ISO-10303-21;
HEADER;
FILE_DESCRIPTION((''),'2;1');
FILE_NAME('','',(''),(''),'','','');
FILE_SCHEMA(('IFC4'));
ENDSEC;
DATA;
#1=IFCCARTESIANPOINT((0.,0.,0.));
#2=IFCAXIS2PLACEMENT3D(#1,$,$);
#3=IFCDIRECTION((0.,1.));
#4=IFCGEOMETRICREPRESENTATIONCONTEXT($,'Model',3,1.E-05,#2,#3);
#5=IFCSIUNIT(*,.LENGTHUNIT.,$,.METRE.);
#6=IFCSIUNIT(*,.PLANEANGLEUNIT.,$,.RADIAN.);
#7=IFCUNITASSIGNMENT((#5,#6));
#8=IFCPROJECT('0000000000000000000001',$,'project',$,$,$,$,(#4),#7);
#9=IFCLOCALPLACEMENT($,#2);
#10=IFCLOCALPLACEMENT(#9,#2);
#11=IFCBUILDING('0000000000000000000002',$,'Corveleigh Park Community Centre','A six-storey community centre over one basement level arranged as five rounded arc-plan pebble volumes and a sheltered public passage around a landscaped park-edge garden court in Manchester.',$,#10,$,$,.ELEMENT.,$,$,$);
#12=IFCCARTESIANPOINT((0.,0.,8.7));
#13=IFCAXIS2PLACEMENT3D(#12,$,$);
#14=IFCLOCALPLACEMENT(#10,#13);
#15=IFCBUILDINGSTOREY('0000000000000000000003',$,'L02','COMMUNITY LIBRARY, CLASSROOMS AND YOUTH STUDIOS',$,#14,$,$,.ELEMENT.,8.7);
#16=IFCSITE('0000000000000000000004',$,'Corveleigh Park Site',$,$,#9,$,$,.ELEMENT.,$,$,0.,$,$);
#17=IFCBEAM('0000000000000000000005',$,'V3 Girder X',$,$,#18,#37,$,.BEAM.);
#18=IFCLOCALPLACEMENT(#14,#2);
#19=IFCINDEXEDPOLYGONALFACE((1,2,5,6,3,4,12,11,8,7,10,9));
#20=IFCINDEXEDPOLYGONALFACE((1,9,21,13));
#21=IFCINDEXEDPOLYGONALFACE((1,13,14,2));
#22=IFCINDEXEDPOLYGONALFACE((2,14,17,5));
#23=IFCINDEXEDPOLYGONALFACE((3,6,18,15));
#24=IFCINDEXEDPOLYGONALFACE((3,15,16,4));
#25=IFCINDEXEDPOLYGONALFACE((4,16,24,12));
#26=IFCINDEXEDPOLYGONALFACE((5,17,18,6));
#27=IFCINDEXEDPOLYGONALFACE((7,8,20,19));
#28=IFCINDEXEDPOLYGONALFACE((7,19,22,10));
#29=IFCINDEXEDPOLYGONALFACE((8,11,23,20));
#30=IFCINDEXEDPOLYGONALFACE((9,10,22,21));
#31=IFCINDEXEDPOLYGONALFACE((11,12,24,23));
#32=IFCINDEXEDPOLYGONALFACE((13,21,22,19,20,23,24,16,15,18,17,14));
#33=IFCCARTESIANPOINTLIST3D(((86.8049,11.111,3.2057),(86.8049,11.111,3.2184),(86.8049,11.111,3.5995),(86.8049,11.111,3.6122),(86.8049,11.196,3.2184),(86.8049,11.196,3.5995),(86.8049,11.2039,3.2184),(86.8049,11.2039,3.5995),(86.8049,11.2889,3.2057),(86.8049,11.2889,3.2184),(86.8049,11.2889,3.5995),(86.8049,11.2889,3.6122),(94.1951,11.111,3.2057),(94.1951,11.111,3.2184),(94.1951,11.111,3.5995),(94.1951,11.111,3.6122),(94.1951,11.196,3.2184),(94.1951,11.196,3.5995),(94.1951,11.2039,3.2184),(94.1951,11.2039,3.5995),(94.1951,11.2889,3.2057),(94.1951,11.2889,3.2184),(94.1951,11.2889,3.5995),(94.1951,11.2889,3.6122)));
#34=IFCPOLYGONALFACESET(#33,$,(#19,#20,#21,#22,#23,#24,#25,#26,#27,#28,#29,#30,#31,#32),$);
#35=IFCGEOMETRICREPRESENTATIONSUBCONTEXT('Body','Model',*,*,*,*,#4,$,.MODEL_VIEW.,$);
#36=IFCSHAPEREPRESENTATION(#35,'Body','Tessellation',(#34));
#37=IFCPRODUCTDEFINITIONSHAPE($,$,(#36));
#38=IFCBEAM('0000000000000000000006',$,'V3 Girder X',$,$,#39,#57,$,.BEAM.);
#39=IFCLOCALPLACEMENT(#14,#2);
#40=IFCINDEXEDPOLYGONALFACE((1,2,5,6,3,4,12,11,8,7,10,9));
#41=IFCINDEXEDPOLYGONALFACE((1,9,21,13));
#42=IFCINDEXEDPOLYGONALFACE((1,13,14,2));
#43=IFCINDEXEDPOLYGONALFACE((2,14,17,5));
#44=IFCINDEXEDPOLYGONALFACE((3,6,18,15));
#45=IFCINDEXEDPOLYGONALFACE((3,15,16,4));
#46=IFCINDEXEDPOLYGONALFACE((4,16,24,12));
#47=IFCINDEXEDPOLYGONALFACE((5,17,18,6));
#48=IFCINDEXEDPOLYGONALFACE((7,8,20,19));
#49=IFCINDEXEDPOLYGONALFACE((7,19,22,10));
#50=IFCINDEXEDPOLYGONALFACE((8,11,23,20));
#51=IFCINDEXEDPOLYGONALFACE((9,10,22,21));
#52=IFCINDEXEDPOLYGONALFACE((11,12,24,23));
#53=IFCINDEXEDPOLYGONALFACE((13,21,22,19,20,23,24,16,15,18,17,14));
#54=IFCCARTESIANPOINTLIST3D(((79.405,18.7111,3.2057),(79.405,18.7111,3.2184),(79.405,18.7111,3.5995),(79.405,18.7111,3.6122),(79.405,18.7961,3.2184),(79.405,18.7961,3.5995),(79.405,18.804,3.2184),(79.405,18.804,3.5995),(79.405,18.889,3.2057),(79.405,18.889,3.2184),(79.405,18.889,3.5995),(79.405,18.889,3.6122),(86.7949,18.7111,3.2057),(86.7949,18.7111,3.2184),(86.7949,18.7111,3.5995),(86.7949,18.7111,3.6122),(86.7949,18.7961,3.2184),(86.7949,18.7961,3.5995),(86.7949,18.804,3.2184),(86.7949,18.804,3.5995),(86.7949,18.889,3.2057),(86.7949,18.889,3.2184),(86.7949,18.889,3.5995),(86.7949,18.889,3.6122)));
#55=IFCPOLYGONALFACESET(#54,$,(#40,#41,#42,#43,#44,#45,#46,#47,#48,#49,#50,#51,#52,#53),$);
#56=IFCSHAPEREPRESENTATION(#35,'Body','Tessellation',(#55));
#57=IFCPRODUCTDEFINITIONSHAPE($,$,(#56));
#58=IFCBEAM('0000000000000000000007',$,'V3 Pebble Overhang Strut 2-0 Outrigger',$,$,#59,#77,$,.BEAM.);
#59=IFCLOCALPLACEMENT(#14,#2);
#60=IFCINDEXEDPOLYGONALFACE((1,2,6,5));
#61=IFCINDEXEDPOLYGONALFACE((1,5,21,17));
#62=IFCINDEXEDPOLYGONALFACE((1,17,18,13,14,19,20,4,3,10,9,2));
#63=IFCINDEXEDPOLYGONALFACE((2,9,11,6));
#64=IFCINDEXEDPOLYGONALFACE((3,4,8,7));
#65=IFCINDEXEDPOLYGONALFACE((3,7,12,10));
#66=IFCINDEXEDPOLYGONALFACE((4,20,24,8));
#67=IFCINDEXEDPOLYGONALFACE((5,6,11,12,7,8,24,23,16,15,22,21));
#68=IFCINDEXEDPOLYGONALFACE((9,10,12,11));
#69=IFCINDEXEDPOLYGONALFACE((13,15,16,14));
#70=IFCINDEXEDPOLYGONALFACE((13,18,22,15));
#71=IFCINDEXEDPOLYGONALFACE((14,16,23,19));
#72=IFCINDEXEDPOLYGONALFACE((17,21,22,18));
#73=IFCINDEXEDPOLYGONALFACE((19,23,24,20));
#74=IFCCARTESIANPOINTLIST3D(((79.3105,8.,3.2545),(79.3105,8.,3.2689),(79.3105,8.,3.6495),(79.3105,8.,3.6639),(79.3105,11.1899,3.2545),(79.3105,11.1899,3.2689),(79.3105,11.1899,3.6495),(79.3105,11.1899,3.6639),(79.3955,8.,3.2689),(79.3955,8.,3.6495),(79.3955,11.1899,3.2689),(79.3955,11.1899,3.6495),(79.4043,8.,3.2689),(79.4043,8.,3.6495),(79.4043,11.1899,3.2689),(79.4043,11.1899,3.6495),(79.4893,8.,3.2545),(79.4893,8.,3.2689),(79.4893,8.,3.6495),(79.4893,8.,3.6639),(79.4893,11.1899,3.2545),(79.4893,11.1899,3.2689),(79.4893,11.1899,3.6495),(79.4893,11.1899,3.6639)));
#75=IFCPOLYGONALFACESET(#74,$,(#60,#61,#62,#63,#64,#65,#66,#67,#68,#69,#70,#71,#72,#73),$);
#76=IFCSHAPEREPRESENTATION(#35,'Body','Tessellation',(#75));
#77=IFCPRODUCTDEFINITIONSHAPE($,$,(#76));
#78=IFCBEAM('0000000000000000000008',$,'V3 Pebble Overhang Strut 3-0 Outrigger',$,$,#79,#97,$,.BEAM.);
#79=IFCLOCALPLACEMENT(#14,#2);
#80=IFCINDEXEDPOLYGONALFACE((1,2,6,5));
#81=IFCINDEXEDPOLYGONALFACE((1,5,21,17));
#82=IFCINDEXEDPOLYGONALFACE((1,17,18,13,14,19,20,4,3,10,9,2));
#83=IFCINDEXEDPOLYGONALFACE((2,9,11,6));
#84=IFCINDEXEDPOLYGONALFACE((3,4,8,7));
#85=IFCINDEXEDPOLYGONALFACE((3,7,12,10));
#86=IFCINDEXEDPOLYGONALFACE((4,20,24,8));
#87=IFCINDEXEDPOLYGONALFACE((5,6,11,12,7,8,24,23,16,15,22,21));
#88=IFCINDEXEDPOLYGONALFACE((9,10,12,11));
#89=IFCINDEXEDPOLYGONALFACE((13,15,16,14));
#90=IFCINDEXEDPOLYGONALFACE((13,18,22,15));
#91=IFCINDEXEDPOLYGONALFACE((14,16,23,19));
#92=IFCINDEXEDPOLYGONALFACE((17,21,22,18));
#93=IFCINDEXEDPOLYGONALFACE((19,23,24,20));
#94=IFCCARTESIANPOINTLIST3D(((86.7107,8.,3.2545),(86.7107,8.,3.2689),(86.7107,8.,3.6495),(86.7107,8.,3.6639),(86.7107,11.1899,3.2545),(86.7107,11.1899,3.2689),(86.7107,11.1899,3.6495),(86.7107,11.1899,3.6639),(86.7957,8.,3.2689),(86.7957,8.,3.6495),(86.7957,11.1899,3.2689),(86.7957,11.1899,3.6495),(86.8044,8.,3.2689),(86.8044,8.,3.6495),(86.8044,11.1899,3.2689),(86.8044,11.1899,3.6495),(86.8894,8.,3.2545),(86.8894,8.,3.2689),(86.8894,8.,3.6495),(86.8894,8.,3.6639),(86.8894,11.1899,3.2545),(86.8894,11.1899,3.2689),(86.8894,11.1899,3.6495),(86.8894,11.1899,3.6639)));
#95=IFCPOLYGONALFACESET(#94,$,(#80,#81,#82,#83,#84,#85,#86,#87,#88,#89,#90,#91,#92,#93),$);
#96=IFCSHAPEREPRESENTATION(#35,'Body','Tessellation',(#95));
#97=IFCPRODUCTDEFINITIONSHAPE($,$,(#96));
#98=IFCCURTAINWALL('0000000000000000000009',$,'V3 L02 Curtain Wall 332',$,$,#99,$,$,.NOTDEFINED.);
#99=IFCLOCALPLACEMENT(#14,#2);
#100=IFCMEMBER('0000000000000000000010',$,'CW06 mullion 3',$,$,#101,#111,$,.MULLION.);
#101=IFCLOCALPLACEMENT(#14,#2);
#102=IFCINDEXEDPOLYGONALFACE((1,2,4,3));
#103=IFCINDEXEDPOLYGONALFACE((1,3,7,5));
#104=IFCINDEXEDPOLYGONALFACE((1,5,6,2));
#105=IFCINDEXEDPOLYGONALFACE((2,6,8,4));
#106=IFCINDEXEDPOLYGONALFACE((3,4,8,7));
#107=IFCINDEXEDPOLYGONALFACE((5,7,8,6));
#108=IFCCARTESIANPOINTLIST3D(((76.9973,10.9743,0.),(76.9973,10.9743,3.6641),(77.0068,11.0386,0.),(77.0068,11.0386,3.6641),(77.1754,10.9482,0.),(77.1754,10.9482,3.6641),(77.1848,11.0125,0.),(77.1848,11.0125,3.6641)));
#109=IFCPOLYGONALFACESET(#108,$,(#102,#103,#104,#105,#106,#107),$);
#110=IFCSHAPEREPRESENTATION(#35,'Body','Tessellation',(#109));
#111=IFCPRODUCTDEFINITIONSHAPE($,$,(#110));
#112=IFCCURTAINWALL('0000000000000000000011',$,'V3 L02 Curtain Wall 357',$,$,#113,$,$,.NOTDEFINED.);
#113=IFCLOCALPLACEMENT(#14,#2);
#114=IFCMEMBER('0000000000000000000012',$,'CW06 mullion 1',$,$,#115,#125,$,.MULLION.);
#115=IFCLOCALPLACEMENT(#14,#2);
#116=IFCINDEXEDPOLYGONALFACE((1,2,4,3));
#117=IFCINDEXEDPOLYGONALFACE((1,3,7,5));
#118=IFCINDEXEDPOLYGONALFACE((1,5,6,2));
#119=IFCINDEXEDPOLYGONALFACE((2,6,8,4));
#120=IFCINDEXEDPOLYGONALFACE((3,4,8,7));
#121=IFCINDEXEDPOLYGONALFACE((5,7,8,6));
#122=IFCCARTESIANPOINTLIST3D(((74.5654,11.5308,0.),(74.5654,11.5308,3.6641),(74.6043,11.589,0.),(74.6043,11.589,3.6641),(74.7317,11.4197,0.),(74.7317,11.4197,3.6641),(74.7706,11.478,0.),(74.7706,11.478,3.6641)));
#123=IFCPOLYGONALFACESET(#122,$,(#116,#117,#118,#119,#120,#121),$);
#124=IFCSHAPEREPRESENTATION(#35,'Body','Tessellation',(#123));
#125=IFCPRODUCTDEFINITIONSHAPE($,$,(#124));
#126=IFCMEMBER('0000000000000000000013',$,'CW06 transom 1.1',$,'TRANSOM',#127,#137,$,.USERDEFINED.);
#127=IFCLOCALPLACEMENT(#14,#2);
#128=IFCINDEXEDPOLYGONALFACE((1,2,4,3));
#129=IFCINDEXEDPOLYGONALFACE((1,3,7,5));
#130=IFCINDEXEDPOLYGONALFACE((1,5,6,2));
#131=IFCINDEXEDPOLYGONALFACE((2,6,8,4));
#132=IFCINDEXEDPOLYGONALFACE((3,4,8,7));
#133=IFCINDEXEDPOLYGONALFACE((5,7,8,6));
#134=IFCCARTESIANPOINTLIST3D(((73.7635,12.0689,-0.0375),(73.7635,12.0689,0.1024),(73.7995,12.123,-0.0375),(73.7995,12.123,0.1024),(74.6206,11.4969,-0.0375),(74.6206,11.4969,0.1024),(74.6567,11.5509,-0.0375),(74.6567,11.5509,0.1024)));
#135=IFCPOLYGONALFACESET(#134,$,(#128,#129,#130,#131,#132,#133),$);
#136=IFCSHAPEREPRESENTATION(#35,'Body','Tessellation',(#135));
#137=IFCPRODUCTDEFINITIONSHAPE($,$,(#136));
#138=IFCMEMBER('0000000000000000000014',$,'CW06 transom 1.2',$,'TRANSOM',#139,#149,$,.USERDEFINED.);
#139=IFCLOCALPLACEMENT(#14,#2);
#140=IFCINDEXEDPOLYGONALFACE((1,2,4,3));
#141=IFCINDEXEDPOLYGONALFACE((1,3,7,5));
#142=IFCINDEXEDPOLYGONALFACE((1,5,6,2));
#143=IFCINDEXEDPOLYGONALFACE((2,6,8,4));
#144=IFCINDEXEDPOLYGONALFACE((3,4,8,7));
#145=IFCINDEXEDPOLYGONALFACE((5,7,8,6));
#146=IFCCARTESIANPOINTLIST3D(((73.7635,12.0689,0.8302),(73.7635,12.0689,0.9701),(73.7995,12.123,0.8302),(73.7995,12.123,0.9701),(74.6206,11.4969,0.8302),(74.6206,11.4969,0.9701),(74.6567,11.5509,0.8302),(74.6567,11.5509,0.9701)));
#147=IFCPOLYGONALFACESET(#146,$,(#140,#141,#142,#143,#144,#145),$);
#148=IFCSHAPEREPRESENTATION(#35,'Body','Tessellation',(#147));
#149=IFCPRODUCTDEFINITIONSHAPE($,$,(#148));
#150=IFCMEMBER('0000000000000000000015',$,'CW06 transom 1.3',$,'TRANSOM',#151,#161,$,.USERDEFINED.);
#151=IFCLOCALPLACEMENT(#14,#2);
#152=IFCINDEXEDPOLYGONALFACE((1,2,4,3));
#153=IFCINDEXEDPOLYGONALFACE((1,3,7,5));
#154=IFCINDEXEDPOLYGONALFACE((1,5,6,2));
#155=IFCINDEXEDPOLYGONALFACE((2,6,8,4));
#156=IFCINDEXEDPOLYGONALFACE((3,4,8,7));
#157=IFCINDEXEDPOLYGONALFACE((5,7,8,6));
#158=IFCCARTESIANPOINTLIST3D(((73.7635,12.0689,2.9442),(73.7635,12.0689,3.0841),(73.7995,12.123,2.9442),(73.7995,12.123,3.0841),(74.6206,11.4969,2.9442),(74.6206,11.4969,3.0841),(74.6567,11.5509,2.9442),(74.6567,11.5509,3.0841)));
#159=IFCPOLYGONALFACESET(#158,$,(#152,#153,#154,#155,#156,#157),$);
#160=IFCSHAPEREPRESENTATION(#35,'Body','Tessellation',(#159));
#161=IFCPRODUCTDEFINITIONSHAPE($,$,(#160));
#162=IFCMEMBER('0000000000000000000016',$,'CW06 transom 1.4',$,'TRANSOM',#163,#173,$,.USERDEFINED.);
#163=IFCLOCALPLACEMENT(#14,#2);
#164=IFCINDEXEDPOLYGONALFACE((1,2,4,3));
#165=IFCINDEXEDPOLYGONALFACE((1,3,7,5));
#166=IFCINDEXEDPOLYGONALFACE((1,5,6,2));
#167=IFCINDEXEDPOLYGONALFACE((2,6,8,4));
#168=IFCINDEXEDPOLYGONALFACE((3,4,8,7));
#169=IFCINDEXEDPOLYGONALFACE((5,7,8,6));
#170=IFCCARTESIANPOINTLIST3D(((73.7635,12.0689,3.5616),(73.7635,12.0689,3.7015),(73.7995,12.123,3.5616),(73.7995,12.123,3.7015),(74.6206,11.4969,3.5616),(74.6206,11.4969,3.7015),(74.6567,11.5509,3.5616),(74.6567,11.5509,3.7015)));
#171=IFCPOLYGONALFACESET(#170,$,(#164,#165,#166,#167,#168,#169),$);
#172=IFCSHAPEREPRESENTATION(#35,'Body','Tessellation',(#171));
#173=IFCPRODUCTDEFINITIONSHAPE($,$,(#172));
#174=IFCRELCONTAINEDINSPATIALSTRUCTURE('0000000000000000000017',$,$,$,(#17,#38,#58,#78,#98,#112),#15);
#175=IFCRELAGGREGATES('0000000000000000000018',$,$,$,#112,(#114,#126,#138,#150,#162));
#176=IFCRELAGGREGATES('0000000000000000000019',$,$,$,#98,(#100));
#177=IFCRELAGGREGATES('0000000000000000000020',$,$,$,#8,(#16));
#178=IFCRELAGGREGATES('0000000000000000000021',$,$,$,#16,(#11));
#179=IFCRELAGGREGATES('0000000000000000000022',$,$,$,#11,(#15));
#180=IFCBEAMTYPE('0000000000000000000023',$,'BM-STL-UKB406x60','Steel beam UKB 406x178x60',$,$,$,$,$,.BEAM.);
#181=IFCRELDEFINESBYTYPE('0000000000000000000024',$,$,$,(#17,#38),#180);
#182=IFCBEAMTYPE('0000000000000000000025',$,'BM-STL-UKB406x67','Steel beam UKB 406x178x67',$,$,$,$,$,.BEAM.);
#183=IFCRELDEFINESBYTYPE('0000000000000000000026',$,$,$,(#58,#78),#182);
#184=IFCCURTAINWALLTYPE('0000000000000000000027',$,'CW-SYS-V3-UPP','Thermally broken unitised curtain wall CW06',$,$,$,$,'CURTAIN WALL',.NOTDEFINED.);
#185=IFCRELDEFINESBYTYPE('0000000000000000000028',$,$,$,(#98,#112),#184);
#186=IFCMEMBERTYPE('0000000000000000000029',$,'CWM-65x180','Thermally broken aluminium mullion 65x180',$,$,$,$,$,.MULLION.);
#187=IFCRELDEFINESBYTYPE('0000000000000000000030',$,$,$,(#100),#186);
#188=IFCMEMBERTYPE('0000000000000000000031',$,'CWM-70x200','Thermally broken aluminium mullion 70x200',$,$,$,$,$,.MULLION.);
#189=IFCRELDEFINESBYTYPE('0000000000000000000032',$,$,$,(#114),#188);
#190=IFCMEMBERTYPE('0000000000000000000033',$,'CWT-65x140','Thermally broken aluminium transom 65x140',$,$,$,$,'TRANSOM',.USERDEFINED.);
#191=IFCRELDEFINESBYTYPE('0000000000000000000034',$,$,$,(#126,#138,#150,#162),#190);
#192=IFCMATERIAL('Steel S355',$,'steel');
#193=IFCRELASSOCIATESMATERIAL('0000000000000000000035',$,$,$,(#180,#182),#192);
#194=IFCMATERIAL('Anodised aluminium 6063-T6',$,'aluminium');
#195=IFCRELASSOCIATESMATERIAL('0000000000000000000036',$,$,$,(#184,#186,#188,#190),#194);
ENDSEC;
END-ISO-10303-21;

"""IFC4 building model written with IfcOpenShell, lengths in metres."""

from ifc_helpers import new_model, si_unit, direction, frame, origin, origin_2d, place, context, subcontext, project, spatial, rectangle, i_section, extrude, material, material_profile, profile_set, type_object, element, aggregate, save


model = new_model("IFC4")

# Units and contexts
model_context = context("Model", 3, precision=1e-05, world=origin(), true_north=direction((0.0, 1.0)))
body_context = subcontext(model_context, "Body", "Model", "MODEL_VIEW")
ifc_project = project(units=[si_unit("LENGTHUNIT", "METRE"), si_unit("PLANEANGLEUNIT", "RADIAN")], contexts=[model_context])

# Site, building, storey
site_placement = place(None, origin())
site = spatial("IfcSite", under=ifc_project, at=site_placement, Name="Corveleigh Park Site", CompositionType="ELEMENT", RefElevation=0.0)
building_placement = place(site_placement, origin())
building = spatial("IfcBuilding", under=site, at=building_placement, Name="Corveleigh Park Community Centre", Description="A six-storey community centre over one basement level arranged as five rounded arc-plan pebble volumes and a sheltered public passage around a landscaped park-edge garden court in Manchester.", CompositionType="ELEMENT")
storey_placement = place(building_placement, frame((0.0, 0.0, 8.7)))
storey = spatial("IfcBuildingStorey", under=building, at=storey_placement, Name="L02", Description="COMMUNITY LIBRARY, CLASSROOMS AND YOUTH STUDIOS", CompositionType="ELEMENT", Elevation=8.7)

# Beams
ifc_material_1 = material(Name="Steel S355", Category="steel")
ifc_material_profile_1 = material_profile(ifc_material_1, i_section(OverallWidth=0.178, OverallDepth=0.4065, WebThickness=0.0078, FlangeThickness=0.0127, at=origin_2d()), Name="UKB 406x178x60", Category="steel")
ifc_profile_set_1 = profile_set([ifc_material_profile_1], Name="Steel S355")
beam_type_1 = type_object("IfcBeamType", Name="BM-STL-UKB406x60", Description="Steel beam UKB 406x178x60", PredefinedType="BEAM", material=ifc_profile_set_1)
beam_1_placement = place(storey_placement, frame((86.8049, 11.2, 3.4089), z_axis=(1.0, 0.0, 0.0), x_axis=(0.0, 1.0, 0.0)))
element("IfcBeam", 1, at=beam_1_placement, inside=storey, type_object=beam_type_1, Name="V3 Girder X", PredefinedType="BEAM", context=body_context, shape_type="SweptSolid", body=[
    extrude(i_section(OverallWidth=0.178, OverallDepth=0.4065, WebThickness=0.0078, FlangeThickness=0.0127, at=origin_2d()), origin(), (0.0, 0.0, 1.0), 7.3901),
])
beam_2_placement = place(storey_placement, frame((79.405, 18.8, 3.4089), z_axis=(1.0, 0.0, 0.0), x_axis=(0.0, 1.0, 0.0)))
element("IfcBeam", 2, at=beam_2_placement, inside=storey, type_object=beam_type_1, Name="V3 Girder X", PredefinedType="BEAM", context=body_context, shape_type="SweptSolid", body=[
    extrude(i_section(OverallWidth=0.178, OverallDepth=0.4065, WebThickness=0.0078, FlangeThickness=0.0127, at=origin_2d()), origin(), (0.0, 0.0, 1.0), 7.3899),
])
ifc_material_profile_2 = material_profile(ifc_material_1, i_section(OverallWidth=0.1787, OverallDepth=0.4094, WebThickness=0.0088, FlangeThickness=0.0144, at=origin_2d()), Name="UKB 406x178x67", Category="steel")
ifc_profile_set_2 = profile_set([ifc_material_profile_2], Name="Steel S355")
beam_type_2 = type_object("IfcBeamType", Name="BM-STL-UKB406x67", Description="Steel beam UKB 406x178x67", PredefinedType="BEAM", material=ifc_profile_set_2)
for number, where, z_axis, x_axis, name in (
    (3, (79.3999, 11.1899, 3.4592), (0.0, -1.0, 0.0), (1.0, 0.0, 0.0), "V3 Pebble Overhang Strut 2-0 Outrigger"),
    (4, (86.8, 11.1899, 3.4592), (0.0, -1.0, 0.0), (1.0, 0.0, 0.0), "V3 Pebble Overhang Strut 3-0 Outrigger"),
):
    element("IfcBeam", number, at=place(storey_placement, frame(where, z_axis=z_axis, x_axis=x_axis)), inside=storey, type_object=beam_type_2, Name=name, PredefinedType="BEAM", context=body_context, shape_type="SweptSolid", body=[
        extrude(i_section(OverallWidth=0.1787, OverallDepth=0.4094, WebThickness=0.0088, FlangeThickness=0.0144, at=origin_2d()), origin(), (0.0, 0.0, 1.0), 3.1899),
    ])

# Curtain wall, member
ifc_material_2 = material(Name="Anodised aluminium 6063-T6", Category="aluminium")
curtain_wall_type = type_object("IfcCurtainWallType", Name="CW-SYS-V3-UPP", Description="Thermally broken unitised curtain wall CW06", ElementType="CURTAIN WALL", PredefinedType="NOTDEFINED", material=ifc_material_2)
curtain_wall_1_placement = place(storey_placement, origin())
curtain_wall_1 = element("IfcCurtainWall", 5, at=curtain_wall_1_placement, inside=storey, type_object=curtain_wall_type, Name="V3 L02 Curtain Wall 332", PredefinedType="NOTDEFINED")
ifc_material_profile_3 = material_profile(ifc_material_2, rectangle(XDim=0.0649, YDim=0.1799, at=origin_2d()), Name="ALU-M65x180", Category="aluminium")
ifc_profile_set_3 = profile_set([ifc_material_profile_3], Name="Anodised aluminium 6063-T6")
member_type_1 = type_object("IfcMemberType", Name="CWM-65x180", Description="Thermally broken aluminium mullion 65x180", PredefinedType="MULLION", material=ifc_profile_set_3)
member_1_placement = place(storey_placement, frame((77.0911, 10.9934, 0.0), z_axis=(0.0, 0.0, 1.0), x_axis=(-0.144966, -0.989437, 0.0)))
member_1 = element("IfcMember", 6, at=member_1_placement, type_object=member_type_1, Name="CW06 mullion 3", PredefinedType="MULLION", context=body_context, shape_type="SweptSolid", body=[
    extrude(rectangle(XDim=0.0649, YDim=0.1799, at=origin_2d()), origin(), (0.0, 0.0, 1.0), 3.6641),
])

# Curtain wall, members
curtain_wall_2_placement = place(storey_placement, origin())
curtain_wall_2 = element("IfcCurtainWall", 7, at=curtain_wall_2_placement, inside=storey, type_object=curtain_wall_type, Name="V3 L02 Curtain Wall 357", PredefinedType="NOTDEFINED")
ifc_material_profile_4 = material_profile(ifc_material_2, rectangle(XDim=0.0701, YDim=0.2, at=origin_2d()), Name="ALU-M70x200", Category="aluminium")
ifc_profile_set_4 = profile_set([ifc_material_profile_4], Name="Anodised aluminium 6063-T6")
member_type_2 = type_object("IfcMemberType", Name="CWM-70x200", Description="Thermally broken aluminium mullion 70x200", PredefinedType="MULLION", material=ifc_profile_set_4)
member_2_placement = place(storey_placement, frame((74.668, 11.5044, 0.0), z_axis=(0.0, 0.0, 1.0), x_axis=(-0.555208, -0.831711, 0.0)))
member_2 = element("IfcMember", 8, at=member_2_placement, type_object=member_type_2, Name="CW06 mullion 1", PredefinedType="MULLION", context=body_context, shape_type="SweptSolid", body=[
    extrude(rectangle(XDim=0.0701, YDim=0.2, at=origin_2d()), origin(), (0.0, 0.0, 1.0), 3.6641),
])
ifc_material_profile_5 = material_profile(ifc_material_2, rectangle(XDim=0.0649, YDim=0.1399, at=origin_2d()), Name="ALU-T65x140", Category="aluminium")
ifc_profile_set_5 = profile_set([ifc_material_profile_5], Name="Anodised aluminium 6063-T6")
member_type_3 = type_object("IfcMemberType", Name="CWT-65x140", Description="Thermally broken aluminium transom 65x140", ElementType="TRANSOM", PredefinedType="USERDEFINED", material=ifc_profile_set_5)
member_3_placement = place(storey_placement, frame((74.6387, 11.5239, 0.0325), z_axis=(-0.831795, 0.555083, 0.0), x_axis=(-0.555083, -0.831795, 0.0)))
member_3 = element("IfcMember", 9, at=member_3_placement, type_object=member_type_3, Name="CW06 transom 1.1", ObjectType="TRANSOM", PredefinedType="USERDEFINED", context=body_context, shape_type="SweptSolid", body=[
    extrude(rectangle(XDim=0.0649, YDim=0.1399, at=origin_2d()), origin(), (0.0, 0.0, 1.0), 1.0305),
])
member_4_placement = place(storey_placement, frame((74.6387, 11.5239, 0.9001), z_axis=(-0.831795, 0.555083, 0.0), x_axis=(-0.555083, -0.831795, 0.0)))
member_4 = element("IfcMember", 10, at=member_4_placement, type_object=member_type_3, Name="CW06 transom 1.2", ObjectType="TRANSOM", PredefinedType="USERDEFINED", context=body_context, shape_type="SweptSolid", body=[
    extrude(rectangle(XDim=0.0649, YDim=0.1399, at=origin_2d()), origin(), (0.0, 0.0, 1.0), 1.0305),
])
member_5_placement = place(storey_placement, frame((74.6387, 11.5239, 3.0142), z_axis=(-0.831795, 0.555083, 0.0), x_axis=(-0.555083, -0.831795, 0.0)))
member_5 = element("IfcMember", 11, at=member_5_placement, type_object=member_type_3, Name="CW06 transom 1.3", ObjectType="TRANSOM", PredefinedType="USERDEFINED", context=body_context, shape_type="SweptSolid", body=[
    extrude(rectangle(XDim=0.0649, YDim=0.1399, at=origin_2d()), origin(), (0.0, 0.0, 1.0), 1.0305),
])
member_6_placement = place(storey_placement, frame((74.6387, 11.5239, 3.6316), z_axis=(-0.831795, 0.555083, 0.0), x_axis=(-0.555083, -0.831795, 0.0)))
member_6 = element("IfcMember", 12, at=member_6_placement, type_object=member_type_3, Name="CW06 transom 1.4", ObjectType="TRANSOM", PredefinedType="USERDEFINED", context=body_context, shape_type="SweptSolid", body=[
    extrude(rectangle(XDim=0.0649, YDim=0.1399, at=origin_2d()), origin(), (0.0, 0.0, 1.0), 1.0305),
])
aggregate(curtain_wall_2, [member_2, member_3, member_4, member_5, member_6])

aggregate(curtain_wall_1, [member_1])

save(model, "model.ifc")
